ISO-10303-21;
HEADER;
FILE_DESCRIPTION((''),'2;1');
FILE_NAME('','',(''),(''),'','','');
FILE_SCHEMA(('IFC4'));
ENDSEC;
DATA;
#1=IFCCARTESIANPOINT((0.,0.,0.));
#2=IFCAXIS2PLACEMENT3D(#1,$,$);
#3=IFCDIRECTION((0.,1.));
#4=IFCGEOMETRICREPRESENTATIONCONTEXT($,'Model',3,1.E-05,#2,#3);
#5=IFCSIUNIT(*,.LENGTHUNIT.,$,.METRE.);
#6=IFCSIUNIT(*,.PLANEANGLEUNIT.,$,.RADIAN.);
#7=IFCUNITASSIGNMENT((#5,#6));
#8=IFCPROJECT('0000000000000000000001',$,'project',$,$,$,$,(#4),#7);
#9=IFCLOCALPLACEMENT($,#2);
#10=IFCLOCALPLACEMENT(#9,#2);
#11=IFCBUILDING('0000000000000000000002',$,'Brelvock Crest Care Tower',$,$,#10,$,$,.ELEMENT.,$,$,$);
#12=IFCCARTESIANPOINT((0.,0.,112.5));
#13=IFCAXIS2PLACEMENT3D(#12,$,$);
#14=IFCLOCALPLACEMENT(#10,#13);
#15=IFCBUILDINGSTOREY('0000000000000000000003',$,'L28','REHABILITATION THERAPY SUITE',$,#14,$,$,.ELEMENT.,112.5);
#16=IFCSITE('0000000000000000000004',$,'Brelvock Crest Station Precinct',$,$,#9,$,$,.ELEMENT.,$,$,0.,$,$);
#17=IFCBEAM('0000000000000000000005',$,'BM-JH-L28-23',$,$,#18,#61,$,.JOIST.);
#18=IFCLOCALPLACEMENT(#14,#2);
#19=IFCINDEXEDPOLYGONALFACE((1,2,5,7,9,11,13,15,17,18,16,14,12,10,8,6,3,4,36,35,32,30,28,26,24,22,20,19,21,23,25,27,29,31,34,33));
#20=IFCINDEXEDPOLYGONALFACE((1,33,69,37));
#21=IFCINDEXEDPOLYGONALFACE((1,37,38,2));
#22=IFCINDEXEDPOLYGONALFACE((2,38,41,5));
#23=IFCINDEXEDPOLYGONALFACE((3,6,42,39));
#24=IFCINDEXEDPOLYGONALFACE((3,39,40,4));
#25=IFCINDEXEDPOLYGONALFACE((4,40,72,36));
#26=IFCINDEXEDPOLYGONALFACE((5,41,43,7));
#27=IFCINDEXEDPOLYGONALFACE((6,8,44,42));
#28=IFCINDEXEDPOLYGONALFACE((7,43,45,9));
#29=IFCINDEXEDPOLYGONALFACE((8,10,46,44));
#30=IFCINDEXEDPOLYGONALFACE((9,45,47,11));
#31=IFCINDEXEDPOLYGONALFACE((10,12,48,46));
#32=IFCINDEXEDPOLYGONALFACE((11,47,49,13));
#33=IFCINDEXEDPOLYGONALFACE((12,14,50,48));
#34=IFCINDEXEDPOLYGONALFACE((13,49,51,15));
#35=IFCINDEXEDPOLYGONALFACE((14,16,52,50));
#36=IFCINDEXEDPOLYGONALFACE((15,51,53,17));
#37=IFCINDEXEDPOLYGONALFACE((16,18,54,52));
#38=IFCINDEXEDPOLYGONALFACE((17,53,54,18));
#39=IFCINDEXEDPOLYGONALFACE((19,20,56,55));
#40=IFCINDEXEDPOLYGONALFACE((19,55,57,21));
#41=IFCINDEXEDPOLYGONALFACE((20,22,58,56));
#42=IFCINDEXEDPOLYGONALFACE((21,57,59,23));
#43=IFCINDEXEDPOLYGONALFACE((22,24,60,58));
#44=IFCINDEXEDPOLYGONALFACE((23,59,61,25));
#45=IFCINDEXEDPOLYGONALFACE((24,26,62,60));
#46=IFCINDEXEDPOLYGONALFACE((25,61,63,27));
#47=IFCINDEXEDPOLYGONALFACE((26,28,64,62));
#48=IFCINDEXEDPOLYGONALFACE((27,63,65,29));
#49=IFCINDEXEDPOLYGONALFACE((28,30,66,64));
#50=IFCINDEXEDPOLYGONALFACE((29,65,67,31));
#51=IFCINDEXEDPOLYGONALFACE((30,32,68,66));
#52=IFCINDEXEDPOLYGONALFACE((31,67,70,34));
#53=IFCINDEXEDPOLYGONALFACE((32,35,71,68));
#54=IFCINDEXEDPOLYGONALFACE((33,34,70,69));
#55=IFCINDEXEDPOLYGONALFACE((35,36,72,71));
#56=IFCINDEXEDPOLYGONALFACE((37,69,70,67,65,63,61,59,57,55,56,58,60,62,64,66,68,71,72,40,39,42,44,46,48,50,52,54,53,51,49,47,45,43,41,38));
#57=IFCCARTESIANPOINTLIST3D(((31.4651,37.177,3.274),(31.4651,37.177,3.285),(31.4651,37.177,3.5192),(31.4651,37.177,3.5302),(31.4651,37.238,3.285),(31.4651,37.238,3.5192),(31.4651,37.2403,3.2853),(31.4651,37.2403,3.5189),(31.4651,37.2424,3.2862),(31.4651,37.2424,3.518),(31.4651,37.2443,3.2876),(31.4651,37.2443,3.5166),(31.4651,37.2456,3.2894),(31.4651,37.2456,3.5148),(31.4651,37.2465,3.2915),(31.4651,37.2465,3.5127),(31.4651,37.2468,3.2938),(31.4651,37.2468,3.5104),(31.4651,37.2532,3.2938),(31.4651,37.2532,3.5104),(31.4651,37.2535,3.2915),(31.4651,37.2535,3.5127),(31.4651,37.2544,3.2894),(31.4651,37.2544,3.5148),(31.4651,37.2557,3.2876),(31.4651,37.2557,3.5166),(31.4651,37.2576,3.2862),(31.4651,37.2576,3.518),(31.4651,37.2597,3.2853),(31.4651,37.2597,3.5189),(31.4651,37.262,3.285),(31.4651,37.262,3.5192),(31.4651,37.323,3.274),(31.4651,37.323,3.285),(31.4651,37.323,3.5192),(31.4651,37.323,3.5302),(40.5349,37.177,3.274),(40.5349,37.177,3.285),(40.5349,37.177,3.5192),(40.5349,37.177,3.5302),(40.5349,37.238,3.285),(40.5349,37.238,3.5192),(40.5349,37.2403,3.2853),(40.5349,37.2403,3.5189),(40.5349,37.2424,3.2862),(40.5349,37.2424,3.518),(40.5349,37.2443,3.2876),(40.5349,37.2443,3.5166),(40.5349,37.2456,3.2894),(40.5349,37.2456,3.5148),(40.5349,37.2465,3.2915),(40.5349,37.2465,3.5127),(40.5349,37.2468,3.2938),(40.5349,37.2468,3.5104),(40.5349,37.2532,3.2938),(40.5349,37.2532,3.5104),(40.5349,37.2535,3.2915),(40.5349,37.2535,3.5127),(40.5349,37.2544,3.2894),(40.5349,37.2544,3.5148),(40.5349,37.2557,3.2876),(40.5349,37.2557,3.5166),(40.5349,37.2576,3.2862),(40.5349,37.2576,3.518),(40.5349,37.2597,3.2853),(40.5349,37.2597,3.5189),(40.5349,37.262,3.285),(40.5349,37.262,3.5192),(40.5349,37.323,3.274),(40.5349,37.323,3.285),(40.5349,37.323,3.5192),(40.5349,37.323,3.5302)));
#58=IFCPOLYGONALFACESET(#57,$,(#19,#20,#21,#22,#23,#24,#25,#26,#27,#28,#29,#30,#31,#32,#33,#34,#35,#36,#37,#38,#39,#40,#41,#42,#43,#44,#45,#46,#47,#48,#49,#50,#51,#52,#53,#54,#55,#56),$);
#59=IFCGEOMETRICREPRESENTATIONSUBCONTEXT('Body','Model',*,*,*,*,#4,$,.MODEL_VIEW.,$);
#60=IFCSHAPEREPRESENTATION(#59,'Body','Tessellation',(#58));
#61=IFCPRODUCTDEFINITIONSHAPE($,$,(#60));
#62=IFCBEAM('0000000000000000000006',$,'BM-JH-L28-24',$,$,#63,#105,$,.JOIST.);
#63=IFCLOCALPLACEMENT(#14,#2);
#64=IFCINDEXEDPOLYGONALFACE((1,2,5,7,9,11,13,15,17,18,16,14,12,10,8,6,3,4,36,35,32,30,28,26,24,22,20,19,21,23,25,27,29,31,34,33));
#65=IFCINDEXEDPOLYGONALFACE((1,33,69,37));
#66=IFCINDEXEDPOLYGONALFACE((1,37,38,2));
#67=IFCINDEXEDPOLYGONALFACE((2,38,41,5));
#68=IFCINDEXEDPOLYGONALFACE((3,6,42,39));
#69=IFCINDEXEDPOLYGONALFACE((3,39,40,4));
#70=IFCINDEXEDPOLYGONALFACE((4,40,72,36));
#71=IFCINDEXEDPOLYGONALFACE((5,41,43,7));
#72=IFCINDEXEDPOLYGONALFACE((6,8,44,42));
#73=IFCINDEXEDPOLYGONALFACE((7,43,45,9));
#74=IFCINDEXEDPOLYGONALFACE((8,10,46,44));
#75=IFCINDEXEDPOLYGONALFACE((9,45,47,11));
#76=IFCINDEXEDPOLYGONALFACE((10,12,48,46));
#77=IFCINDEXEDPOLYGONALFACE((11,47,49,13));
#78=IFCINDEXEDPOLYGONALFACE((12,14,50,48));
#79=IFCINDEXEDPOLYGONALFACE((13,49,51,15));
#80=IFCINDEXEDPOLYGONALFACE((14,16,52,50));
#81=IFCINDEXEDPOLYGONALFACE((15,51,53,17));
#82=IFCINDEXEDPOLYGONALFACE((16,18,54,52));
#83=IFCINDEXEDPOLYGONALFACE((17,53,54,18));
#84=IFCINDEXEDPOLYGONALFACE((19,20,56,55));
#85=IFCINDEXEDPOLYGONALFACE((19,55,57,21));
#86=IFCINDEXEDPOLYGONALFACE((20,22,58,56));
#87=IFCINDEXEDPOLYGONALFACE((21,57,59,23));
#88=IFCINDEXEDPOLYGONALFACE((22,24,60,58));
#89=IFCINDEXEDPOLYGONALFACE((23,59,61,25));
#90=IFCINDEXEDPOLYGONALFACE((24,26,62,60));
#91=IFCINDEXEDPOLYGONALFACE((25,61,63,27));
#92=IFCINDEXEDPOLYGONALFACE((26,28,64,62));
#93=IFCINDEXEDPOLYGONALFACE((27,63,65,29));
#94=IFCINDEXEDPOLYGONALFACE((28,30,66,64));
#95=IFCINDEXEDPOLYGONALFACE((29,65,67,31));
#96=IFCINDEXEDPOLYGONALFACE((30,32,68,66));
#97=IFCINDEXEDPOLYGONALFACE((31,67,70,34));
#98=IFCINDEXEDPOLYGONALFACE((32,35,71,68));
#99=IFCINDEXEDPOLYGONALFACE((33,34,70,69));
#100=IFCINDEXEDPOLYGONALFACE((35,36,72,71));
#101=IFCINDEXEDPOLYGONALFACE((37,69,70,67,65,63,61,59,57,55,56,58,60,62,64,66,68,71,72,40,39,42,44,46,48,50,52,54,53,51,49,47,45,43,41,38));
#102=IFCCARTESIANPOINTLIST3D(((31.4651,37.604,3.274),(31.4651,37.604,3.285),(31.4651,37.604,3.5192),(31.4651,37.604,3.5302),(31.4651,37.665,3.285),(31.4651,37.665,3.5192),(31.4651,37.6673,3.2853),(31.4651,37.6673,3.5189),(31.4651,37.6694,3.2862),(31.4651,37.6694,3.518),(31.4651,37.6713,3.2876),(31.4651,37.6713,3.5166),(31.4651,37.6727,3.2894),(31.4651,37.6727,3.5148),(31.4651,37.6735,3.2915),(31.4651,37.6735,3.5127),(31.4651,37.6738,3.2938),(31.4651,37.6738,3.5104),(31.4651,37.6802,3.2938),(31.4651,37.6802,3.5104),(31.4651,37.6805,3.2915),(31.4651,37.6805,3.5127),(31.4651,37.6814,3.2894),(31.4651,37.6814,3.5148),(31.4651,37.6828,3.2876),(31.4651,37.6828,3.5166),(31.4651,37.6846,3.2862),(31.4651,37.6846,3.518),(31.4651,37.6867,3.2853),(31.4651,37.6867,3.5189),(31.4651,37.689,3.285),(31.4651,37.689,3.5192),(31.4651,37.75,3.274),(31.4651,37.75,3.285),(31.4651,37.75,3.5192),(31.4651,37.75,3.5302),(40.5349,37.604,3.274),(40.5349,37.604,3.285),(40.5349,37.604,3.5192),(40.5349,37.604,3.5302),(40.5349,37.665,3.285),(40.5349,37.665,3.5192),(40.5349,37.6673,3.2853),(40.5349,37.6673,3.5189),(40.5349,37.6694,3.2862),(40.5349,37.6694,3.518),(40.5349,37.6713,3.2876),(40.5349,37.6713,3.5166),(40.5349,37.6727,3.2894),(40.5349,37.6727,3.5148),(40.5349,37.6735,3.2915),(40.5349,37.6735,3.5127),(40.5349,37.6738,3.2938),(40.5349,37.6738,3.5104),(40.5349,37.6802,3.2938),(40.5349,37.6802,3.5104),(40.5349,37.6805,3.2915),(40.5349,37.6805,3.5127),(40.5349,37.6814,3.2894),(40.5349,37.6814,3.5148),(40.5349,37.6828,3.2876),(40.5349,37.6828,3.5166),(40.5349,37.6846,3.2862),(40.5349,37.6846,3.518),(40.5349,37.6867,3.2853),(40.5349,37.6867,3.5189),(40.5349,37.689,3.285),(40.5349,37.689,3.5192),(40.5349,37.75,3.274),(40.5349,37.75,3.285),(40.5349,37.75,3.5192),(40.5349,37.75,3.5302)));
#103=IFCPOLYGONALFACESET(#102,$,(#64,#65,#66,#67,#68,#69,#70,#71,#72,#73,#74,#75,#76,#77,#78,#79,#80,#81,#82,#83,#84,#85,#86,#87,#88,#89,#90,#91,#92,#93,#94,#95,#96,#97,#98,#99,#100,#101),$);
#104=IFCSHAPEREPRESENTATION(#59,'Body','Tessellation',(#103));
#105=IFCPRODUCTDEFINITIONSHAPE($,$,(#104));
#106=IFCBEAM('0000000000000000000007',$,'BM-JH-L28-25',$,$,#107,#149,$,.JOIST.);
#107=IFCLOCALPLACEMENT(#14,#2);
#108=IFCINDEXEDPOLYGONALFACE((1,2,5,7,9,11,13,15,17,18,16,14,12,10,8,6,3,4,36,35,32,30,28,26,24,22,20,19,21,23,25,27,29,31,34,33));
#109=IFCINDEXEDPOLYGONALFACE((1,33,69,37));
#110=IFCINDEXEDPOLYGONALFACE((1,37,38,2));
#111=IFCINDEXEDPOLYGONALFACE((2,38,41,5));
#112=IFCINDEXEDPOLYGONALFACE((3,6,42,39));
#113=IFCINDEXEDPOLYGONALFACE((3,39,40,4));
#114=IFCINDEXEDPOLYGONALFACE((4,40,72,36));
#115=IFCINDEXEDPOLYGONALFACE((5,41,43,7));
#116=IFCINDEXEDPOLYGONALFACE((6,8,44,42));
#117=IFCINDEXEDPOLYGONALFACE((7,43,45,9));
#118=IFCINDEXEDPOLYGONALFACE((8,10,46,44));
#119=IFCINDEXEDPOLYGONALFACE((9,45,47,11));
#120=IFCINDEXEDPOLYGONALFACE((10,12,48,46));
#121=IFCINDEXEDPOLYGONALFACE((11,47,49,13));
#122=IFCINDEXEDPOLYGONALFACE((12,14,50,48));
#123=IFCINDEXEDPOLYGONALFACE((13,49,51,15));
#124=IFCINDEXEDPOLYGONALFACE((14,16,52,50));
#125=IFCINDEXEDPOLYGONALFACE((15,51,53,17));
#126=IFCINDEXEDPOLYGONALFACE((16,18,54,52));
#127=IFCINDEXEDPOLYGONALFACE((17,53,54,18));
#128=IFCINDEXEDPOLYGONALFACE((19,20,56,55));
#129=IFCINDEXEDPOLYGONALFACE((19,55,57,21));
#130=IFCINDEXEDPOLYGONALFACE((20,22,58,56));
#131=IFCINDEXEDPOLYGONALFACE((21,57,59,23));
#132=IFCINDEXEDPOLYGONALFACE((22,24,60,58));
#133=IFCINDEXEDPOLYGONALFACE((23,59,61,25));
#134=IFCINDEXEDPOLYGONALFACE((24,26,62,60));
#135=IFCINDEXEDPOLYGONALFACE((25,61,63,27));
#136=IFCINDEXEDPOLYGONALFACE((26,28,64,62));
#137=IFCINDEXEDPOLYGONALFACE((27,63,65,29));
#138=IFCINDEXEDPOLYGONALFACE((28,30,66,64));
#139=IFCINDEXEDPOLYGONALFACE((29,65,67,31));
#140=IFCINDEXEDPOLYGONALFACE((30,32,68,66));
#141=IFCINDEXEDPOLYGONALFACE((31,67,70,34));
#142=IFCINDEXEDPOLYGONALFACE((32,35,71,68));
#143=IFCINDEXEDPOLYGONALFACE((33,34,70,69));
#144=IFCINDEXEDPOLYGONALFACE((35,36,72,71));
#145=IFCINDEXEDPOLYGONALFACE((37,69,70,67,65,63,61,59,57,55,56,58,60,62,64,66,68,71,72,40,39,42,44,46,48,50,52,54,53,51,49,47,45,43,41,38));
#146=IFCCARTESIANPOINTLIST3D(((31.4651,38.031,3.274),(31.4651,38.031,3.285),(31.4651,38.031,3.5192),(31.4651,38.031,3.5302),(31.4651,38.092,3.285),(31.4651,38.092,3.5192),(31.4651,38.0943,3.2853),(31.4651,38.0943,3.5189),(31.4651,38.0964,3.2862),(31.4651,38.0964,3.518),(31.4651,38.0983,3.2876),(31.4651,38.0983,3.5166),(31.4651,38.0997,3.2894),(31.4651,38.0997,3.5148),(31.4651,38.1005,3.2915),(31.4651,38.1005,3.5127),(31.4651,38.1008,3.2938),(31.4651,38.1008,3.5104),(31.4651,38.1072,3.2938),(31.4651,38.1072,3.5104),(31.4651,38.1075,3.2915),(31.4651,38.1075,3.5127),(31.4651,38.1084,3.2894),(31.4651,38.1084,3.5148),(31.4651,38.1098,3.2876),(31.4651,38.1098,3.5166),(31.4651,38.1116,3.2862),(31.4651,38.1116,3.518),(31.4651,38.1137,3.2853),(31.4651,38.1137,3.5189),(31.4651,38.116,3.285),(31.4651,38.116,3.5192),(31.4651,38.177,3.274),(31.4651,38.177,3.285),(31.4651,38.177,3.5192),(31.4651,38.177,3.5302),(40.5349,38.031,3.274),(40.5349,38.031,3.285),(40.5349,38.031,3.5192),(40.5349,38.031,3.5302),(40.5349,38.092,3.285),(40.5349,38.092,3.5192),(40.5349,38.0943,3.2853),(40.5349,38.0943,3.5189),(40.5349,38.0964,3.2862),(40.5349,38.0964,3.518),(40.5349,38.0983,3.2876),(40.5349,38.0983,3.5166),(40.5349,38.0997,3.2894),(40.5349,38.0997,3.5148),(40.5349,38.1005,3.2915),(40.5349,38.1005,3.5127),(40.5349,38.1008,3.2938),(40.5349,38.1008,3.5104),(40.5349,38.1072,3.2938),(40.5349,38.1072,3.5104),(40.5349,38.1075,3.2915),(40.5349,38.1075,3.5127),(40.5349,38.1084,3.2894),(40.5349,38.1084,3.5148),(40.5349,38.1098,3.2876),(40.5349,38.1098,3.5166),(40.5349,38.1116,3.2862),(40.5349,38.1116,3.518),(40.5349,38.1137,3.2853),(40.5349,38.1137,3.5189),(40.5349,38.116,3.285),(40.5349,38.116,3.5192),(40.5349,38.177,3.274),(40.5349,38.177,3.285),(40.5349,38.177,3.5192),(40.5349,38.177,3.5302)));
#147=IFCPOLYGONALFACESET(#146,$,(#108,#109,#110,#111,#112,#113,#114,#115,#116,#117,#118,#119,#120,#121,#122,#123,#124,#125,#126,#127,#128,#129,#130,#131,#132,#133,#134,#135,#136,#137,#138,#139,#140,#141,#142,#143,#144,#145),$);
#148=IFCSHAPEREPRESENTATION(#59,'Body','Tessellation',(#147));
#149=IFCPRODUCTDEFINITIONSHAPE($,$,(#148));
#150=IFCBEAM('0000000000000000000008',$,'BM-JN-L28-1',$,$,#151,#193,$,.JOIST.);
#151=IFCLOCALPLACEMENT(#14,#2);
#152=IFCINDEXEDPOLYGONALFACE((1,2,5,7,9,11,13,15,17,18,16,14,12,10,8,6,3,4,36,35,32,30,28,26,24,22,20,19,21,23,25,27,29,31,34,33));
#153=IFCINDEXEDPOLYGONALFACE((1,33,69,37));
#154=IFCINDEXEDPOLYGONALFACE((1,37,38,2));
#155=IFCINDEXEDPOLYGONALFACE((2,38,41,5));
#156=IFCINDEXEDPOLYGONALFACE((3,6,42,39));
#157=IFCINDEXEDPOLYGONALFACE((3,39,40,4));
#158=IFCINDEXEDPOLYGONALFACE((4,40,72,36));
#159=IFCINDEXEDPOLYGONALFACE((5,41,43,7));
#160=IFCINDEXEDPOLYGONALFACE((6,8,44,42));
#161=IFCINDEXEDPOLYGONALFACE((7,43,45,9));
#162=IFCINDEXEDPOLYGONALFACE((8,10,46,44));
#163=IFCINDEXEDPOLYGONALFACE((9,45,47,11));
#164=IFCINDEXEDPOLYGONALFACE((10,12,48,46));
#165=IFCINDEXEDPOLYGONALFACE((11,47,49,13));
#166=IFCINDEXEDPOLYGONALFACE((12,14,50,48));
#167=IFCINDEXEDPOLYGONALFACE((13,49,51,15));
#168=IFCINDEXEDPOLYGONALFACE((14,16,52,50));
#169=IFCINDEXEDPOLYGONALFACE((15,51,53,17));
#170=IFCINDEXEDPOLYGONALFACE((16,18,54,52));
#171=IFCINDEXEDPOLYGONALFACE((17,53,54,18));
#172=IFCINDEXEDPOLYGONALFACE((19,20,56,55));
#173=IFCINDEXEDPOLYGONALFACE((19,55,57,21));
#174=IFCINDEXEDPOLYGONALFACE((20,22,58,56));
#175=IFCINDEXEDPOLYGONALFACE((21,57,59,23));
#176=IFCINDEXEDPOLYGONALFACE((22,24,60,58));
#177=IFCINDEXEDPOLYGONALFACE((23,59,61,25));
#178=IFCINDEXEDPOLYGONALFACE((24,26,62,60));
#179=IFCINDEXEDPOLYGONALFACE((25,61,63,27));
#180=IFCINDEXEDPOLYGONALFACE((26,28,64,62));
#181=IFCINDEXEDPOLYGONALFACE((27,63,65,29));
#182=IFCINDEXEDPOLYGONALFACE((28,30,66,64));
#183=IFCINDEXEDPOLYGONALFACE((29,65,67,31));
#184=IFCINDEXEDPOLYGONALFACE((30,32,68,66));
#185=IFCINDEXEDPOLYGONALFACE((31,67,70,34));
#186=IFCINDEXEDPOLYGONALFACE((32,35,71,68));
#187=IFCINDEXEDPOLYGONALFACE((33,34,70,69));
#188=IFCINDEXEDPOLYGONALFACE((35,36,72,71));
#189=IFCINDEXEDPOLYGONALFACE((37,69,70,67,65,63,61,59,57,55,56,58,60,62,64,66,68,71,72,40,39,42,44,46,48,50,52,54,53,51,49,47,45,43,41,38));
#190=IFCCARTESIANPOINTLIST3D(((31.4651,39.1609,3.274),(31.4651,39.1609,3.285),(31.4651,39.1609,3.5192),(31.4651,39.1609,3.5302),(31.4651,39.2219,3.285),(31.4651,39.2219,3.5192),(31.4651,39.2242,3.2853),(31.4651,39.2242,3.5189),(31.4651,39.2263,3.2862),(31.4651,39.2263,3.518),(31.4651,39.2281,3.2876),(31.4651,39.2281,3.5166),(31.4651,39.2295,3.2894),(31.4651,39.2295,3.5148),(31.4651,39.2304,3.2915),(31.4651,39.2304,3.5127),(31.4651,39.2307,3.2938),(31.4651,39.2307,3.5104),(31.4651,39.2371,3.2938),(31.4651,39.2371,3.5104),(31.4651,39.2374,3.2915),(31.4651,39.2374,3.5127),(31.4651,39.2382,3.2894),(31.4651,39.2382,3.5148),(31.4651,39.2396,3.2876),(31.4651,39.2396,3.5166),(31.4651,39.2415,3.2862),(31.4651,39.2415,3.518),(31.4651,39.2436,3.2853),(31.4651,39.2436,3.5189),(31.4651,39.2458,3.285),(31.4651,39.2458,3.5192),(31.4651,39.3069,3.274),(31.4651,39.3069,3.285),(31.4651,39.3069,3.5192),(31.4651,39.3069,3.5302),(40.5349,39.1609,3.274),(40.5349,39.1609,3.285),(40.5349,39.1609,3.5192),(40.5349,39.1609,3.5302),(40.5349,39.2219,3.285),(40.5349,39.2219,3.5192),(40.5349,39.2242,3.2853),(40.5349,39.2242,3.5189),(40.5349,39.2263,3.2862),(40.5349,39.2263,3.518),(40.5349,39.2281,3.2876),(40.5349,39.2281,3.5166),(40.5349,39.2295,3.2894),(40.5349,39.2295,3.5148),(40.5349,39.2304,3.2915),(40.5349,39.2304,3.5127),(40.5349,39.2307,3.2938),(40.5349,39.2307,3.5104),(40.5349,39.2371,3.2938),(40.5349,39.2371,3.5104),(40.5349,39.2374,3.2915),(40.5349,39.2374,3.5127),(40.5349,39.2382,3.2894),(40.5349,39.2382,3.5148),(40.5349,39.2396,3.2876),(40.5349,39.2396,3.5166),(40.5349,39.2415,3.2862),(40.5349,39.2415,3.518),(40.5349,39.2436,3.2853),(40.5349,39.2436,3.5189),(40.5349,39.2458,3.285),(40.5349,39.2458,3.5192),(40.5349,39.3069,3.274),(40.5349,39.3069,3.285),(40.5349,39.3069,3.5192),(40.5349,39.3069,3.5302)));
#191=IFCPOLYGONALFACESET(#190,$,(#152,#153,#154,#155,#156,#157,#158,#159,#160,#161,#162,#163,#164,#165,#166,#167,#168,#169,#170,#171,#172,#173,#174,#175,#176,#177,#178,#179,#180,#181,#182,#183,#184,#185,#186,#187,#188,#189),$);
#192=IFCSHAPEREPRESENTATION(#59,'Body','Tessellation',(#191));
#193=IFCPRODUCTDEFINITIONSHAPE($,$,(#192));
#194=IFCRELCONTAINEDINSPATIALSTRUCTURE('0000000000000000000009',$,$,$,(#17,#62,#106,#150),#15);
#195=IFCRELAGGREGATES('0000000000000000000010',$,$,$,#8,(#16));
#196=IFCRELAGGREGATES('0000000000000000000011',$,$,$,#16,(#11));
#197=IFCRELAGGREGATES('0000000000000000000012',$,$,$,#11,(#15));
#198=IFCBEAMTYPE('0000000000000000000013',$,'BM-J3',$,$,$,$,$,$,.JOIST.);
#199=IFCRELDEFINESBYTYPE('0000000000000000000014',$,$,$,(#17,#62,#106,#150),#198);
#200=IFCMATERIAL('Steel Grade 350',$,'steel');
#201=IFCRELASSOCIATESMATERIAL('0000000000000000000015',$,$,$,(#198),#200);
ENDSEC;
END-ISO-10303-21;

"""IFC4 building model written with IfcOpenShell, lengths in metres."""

from ifc_helpers import new_model, si_unit, direction, frame, origin, origin_2d, place, context, subcontext, project, spatial, i_section, extrude, source, transform, mapped, material, material_profile, profile_set, type_object, element, save


model = new_model("IFC4")

# Units and contexts
model_context = context("Model", 3, precision=1e-05, world=origin(), true_north=direction((0.0, 1.0)))
body_context = subcontext(model_context, "Body", "Model", "MODEL_VIEW")
ifc_project = project(units=[si_unit("LENGTHUNIT", "METRE"), si_unit("PLANEANGLEUNIT", "RADIAN")], contexts=[model_context])

# Site, building, storey
site_placement = place(None, origin())
site = spatial("IfcSite", under=ifc_project, at=site_placement, Name="Brelvock Crest Station Precinct", CompositionType="ELEMENT", RefElevation=0.0)
building_placement = place(site_placement, origin())
building = spatial("IfcBuilding", under=site, at=building_placement, Name="Brelvock Crest Care Tower", CompositionType="ELEMENT")
storey_placement = place(building_placement, frame((0.0, 0.0, 112.5)))
storey = spatial("IfcBuildingStorey", under=building, at=storey_placement, Name="L28", Description="REHABILITATION THERAPY SUITE", CompositionType="ELEMENT", Elevation=112.5)

# Beams
ifc_material_1 = material(Name="Steel Grade 350", Category="steel")
ifc_material_profile_1 = material_profile(ifc_material_1, i_section(OverallWidth=0.146, OverallDepth=0.2561, WebThickness=0.0063, FlangeThickness=0.011, FilletRadius=0.0088, at=origin_2d()), Name="250UB37.3")
ifc_profile_set_1 = profile_set([ifc_material_profile_1], Name="Steel Grade 350")
beam_type_1 = type_object("IfcBeamType", Name="BM-J3", PredefinedType="JOIST", material=ifc_profile_set_1)
shared_shape_1 = source(origin(), body_context, "Body", "SweptSolid", [
    extrude(i_section(OverallWidth=0.146, OverallDepth=0.2561, WebThickness=0.0063, FlangeThickness=0.011, FilletRadius=0.0088, at=origin_2d()), origin(), (0.0, 0.0, 1.0), 9.0698),
])
for number, where, z_axis, x_axis, name in (
    (1, (31.4651, 37.25, 3.4021), (1.0, 0.0, 0.0), (0.0, 1.0, 0.0), "BM-JH-L28-23"),
    (2, (31.4651, 37.677, 3.4021), (1.0, 0.0, 0.0), (0.0, 1.0, 0.0), "BM-JH-L28-24"),
    (3, (31.4651, 38.104, 3.4021), (1.0, 0.0, 0.0), (0.0, 1.0, 0.0), "BM-JH-L28-25"),
    (4, (31.4651, 39.2339, 3.4021), (1.0, 0.0, 0.0), (0.0, 1.0, 0.0), "BM-JN-L28-1"),
):
    element("IfcBeam", number, at=place(storey_placement, frame(where, z_axis=z_axis, x_axis=x_axis)), inside=storey, type_object=beam_type_1, Name=name, PredefinedType="JOIST", context=body_context, shape_type="MappedRepresentation", body=[
        mapped(shared_shape_1, transform((0.0, 0.0, 0.0), x_axis=(1.0, 0.0, 0.0), y_axis=(0.0, 1.0, 0.0), z_axis=(0.0, 0.0, 1.0), scale=1.0)),
    ])

save(model, "model.ifc")
